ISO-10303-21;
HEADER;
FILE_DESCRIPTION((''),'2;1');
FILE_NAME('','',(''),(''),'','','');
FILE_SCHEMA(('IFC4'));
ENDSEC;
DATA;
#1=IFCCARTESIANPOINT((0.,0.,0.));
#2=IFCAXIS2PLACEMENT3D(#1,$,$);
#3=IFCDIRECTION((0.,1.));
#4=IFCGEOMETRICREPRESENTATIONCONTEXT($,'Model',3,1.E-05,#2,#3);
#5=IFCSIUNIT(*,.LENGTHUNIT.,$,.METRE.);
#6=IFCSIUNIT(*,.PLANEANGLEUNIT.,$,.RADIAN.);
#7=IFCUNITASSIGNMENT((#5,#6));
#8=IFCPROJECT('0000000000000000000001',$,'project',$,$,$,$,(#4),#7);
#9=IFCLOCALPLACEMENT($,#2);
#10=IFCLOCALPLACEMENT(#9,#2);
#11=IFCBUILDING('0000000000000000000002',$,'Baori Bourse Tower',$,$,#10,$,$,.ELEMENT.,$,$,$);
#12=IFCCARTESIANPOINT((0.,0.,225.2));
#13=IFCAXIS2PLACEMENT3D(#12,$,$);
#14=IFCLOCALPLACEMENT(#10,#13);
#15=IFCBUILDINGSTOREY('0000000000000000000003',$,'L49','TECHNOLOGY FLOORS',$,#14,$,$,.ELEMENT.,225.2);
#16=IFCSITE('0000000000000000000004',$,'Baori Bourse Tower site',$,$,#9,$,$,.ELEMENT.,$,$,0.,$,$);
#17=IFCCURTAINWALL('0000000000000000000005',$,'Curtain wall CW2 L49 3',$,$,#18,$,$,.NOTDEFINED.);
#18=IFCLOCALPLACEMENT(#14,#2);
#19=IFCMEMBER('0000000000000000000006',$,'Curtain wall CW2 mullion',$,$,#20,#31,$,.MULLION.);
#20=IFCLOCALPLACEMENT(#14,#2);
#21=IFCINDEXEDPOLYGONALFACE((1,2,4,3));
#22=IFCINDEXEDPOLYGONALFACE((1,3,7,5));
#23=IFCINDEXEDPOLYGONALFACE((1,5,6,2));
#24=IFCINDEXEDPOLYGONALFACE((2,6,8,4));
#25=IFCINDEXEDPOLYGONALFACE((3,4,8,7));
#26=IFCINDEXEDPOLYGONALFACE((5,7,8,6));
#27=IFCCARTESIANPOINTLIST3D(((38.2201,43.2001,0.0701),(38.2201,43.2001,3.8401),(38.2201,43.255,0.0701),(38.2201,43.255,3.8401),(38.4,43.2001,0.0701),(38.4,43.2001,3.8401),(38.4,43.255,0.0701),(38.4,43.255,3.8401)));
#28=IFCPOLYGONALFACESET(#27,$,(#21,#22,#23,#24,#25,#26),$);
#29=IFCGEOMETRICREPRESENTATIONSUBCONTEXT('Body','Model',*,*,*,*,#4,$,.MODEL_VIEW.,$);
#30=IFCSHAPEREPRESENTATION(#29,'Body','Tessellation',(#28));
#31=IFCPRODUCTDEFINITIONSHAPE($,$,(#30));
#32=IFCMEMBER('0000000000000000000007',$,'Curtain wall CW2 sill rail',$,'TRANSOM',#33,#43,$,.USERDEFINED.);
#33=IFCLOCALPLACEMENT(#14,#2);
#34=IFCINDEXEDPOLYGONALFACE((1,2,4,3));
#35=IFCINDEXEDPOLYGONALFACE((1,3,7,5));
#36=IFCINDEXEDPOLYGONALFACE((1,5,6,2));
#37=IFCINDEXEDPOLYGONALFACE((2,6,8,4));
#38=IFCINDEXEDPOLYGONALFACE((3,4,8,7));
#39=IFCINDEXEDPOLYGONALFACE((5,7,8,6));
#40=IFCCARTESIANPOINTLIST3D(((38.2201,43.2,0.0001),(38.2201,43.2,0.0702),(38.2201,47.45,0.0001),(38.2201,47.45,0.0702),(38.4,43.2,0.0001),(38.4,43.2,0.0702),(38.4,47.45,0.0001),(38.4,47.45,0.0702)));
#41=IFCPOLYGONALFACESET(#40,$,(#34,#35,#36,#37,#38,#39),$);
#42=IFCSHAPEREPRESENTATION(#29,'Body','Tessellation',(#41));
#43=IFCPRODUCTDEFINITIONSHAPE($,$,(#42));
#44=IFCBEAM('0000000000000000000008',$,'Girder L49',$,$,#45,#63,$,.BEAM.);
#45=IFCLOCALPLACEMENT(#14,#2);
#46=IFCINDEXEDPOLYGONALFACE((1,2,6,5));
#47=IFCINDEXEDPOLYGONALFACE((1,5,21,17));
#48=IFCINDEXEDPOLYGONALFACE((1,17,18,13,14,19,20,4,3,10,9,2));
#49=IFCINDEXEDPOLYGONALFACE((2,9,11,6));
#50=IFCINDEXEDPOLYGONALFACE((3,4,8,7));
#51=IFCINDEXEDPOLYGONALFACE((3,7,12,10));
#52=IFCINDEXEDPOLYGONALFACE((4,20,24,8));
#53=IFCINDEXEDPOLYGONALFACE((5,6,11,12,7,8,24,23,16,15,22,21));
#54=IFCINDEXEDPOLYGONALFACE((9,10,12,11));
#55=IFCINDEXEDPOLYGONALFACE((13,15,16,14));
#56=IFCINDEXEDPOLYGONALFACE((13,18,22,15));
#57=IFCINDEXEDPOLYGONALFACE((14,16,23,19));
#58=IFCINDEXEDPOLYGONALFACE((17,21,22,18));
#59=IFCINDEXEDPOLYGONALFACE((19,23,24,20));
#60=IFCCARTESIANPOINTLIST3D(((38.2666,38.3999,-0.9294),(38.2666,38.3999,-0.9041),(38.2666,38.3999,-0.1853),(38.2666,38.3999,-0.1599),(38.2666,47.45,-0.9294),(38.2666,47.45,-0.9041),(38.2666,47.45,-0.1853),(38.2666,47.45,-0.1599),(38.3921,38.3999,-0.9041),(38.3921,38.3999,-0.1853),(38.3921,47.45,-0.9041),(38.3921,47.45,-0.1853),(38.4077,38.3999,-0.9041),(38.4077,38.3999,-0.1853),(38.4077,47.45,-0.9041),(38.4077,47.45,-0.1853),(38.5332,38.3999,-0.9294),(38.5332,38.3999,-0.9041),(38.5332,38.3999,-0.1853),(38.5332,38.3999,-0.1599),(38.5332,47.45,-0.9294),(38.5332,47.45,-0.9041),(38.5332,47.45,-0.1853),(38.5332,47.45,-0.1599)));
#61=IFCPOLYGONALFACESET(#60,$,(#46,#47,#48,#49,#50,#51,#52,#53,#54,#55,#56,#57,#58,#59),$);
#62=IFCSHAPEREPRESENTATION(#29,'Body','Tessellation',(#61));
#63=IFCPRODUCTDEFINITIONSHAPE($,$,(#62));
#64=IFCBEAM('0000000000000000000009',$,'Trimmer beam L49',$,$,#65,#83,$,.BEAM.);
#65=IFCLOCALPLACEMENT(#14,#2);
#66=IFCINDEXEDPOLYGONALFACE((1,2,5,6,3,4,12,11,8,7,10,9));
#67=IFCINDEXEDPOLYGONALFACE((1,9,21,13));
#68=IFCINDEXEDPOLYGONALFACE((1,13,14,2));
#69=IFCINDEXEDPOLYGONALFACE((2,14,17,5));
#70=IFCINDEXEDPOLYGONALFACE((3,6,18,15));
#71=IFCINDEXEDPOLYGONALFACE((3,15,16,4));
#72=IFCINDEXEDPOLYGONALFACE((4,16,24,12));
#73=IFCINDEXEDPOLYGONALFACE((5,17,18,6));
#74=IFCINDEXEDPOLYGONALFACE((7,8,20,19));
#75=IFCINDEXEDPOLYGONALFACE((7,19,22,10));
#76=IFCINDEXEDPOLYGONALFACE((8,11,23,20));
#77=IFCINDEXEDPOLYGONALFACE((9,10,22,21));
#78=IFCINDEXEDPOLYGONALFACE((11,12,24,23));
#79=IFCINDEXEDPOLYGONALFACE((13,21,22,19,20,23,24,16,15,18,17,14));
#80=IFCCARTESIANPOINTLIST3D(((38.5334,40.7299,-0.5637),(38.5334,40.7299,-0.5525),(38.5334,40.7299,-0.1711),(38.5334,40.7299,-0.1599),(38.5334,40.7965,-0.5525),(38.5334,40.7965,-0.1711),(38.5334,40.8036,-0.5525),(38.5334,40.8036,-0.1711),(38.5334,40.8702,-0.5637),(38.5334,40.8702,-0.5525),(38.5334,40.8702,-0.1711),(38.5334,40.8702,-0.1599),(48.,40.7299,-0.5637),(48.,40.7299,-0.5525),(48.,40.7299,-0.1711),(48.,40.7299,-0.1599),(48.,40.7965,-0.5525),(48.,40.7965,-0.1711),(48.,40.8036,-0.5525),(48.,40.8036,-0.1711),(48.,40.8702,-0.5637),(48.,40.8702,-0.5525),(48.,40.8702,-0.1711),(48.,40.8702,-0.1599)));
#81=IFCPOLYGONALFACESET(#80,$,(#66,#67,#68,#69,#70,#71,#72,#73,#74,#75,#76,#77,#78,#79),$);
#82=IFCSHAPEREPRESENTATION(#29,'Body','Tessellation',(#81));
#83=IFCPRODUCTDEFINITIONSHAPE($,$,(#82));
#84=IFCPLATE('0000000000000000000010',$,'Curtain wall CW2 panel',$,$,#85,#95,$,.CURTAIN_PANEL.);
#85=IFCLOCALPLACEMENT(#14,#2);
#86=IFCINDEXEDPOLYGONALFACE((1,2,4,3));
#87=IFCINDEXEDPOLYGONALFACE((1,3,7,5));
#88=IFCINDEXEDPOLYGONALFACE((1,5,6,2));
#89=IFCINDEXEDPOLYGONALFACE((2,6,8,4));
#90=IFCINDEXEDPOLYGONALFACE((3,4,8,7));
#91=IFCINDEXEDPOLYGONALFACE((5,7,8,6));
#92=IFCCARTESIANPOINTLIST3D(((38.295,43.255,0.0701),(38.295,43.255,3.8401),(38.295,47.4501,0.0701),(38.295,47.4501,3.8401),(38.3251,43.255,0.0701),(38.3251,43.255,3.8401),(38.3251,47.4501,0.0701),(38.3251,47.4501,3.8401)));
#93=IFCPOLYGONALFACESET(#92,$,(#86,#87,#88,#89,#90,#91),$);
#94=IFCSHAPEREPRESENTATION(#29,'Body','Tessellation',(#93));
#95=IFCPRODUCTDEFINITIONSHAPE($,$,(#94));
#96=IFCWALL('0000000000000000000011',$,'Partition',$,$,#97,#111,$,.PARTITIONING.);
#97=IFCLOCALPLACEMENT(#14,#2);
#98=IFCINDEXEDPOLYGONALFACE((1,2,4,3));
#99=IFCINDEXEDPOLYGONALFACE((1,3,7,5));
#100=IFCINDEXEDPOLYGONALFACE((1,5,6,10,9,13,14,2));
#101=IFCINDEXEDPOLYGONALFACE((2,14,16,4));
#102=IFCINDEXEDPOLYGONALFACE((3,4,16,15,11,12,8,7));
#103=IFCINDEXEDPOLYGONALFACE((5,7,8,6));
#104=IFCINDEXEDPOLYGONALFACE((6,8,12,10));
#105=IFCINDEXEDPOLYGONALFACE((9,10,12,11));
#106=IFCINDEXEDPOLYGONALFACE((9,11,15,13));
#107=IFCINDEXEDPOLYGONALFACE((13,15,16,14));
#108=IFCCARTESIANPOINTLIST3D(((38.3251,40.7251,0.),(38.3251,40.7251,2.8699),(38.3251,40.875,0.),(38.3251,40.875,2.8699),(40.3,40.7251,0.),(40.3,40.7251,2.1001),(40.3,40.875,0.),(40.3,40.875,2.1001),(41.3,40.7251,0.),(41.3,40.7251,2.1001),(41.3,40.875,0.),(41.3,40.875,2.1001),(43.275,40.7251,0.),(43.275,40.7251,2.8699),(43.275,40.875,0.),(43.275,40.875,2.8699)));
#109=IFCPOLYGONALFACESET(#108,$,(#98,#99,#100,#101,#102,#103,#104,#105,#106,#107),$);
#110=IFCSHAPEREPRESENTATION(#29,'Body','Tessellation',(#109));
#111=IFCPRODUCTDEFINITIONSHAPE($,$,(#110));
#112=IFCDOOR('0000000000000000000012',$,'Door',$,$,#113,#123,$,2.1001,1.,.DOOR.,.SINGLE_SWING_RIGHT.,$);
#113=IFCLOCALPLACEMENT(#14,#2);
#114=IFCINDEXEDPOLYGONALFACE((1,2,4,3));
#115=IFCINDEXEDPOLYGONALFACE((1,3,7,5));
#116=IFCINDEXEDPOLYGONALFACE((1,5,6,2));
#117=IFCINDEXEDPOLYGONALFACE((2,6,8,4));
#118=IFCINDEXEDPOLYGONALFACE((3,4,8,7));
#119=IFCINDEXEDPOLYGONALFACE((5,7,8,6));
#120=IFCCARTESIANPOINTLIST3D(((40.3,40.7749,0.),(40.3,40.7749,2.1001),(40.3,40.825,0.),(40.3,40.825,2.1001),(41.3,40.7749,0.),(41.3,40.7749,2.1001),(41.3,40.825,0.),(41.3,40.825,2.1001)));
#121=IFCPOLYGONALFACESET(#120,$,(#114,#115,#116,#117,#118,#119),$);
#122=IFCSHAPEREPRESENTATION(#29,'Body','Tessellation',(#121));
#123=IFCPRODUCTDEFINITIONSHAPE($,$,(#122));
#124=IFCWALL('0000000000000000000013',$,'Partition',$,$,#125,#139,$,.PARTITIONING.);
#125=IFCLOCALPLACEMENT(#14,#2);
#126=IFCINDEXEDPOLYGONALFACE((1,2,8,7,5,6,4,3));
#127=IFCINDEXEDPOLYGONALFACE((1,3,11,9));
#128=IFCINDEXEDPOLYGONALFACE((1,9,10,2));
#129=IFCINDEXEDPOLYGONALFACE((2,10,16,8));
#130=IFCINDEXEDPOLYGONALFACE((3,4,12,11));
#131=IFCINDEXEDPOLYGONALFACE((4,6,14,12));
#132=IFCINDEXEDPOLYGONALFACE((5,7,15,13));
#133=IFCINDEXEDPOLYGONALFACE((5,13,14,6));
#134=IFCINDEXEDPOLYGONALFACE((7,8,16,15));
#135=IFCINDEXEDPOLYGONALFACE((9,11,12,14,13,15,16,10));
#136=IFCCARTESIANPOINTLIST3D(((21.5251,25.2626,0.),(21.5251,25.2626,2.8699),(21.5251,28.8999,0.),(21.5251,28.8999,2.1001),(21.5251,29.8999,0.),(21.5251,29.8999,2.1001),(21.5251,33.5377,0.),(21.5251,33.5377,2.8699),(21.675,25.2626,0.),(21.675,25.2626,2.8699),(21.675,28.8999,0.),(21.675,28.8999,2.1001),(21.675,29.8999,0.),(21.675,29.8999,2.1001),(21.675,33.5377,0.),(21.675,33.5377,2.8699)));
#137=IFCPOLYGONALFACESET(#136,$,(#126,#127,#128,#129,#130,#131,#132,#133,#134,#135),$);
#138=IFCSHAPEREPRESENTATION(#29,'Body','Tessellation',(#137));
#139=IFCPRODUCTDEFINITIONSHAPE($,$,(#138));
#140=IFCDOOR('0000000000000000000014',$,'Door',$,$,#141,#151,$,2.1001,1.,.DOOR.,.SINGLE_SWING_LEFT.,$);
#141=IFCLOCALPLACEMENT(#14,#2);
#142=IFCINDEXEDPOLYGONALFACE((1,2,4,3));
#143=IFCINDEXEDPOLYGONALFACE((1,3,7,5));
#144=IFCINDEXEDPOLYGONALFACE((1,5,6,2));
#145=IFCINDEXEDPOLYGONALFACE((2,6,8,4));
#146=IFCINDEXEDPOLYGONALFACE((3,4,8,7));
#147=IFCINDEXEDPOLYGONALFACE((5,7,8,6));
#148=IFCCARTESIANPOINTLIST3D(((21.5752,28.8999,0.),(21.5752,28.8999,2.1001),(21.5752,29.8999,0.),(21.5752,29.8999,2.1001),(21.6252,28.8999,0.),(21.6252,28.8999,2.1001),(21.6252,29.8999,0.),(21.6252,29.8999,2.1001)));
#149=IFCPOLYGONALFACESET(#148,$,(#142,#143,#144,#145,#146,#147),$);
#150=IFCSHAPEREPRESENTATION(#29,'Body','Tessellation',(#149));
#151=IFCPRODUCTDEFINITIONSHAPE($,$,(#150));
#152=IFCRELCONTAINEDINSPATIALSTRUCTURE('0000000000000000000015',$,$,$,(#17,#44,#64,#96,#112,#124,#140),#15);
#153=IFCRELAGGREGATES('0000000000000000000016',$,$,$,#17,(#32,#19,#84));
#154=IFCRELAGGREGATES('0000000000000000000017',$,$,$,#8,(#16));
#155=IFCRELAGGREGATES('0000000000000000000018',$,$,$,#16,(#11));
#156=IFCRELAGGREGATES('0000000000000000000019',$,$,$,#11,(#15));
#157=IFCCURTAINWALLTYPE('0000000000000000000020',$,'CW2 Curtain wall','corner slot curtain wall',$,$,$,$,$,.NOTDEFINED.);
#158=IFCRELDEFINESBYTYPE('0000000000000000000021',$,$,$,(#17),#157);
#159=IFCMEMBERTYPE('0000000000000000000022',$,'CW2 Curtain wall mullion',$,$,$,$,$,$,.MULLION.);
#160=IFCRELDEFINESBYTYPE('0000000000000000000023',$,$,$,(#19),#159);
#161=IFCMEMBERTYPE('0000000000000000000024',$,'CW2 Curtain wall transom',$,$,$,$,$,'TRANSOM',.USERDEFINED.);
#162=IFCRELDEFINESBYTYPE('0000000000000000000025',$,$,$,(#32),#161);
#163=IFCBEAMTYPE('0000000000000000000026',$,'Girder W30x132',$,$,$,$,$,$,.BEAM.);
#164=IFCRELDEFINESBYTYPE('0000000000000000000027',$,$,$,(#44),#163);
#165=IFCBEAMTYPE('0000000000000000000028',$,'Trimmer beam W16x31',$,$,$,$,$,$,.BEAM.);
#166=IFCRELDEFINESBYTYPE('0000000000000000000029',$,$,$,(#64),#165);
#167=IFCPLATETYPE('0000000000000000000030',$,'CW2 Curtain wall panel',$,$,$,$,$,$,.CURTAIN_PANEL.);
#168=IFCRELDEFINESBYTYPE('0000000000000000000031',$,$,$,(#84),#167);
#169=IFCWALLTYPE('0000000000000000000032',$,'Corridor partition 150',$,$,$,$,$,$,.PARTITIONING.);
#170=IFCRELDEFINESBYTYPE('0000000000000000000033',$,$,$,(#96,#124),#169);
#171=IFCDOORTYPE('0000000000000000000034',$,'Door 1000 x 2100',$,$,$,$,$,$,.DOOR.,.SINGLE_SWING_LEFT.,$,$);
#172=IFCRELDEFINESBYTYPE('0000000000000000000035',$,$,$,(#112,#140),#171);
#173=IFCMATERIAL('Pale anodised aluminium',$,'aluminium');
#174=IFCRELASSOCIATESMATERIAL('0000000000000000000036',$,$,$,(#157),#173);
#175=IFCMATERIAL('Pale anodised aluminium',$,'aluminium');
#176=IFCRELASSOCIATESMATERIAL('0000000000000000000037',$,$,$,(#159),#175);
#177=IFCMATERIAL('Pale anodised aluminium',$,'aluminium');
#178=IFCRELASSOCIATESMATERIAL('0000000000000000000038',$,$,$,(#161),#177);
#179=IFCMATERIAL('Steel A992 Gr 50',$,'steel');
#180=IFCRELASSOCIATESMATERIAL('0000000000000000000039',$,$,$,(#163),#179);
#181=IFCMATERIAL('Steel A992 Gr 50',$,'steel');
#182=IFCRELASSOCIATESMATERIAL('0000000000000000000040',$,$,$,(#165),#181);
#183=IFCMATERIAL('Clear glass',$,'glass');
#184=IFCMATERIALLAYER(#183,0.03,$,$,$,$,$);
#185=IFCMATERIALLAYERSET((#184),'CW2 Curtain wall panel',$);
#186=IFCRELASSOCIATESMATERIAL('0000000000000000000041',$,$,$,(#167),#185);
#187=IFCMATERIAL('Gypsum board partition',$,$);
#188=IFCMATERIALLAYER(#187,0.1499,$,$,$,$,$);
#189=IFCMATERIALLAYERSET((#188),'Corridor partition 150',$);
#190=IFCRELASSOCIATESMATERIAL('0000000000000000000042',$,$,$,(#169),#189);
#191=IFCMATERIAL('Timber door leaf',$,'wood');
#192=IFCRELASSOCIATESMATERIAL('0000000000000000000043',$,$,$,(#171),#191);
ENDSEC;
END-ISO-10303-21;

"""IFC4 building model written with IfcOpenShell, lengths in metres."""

from ifc_helpers import new_model, si_unit, direction, frame, frame_2d, origin, origin_2d, place, context, subcontext, project, spatial, rectangle, i_section, extrude, material, layer, layer_set, material_profile, profile_set, type_object, element, fill, aggregate, save


model = new_model("IFC4")

# Units and contexts
model_context = context("Model", 3, precision=1e-05, world=origin(), true_north=direction((0.0, 1.0)))
body_context = subcontext(model_context, "Body", "Model", "MODEL_VIEW")
ifc_project = project(units=[si_unit("LENGTHUNIT", "METRE"), si_unit("PLANEANGLEUNIT", "RADIAN")], contexts=[model_context])

# Site, building, storey
site_placement = place(None, origin())
site = spatial("IfcSite", under=ifc_project, at=site_placement, Name="Baori Bourse Tower site", CompositionType="ELEMENT", RefElevation=0.0)
building_placement = place(site_placement, origin())
building = spatial("IfcBuilding", under=site, at=building_placement, Name="Baori Bourse Tower", CompositionType="ELEMENT")
storey_placement = place(building_placement, frame((0.0, 0.0, 225.2)))
storey = spatial("IfcBuildingStorey", under=building, at=storey_placement, Name="L49", Description="TECHNOLOGY FLOORS", CompositionType="ELEMENT", Elevation=225.2)

# Curtain wall, members
ifc_material_1 = material(Name="Pale anodised aluminium", Category="aluminium")
curtain_wall_type = type_object("IfcCurtainWallType", Name="CW2 Curtain wall", Description="corner slot curtain wall", PredefinedType="NOTDEFINED", material=ifc_material_1)
curtain_wall_placement = place(storey_placement, origin())
curtain_wall = element("IfcCurtainWall", 1, at=curtain_wall_placement, inside=storey, type_object=curtain_wall_type, Name="Curtain wall CW2 L49 3", PredefinedType="NOTDEFINED")
ifc_material_2 = material(Name="Pale anodised aluminium", Category="aluminium")
ifc_material_profile_1 = material_profile(ifc_material_2, rectangle(XDim=0.1799, YDim=0.0549, at=origin_2d()), Name="Mullion 55x180")
ifc_profile_set_1 = profile_set([ifc_material_profile_1], Name="Pale anodised aluminium")
member_type_1 = type_object("IfcMemberType", Name="CW2 Curtain wall mullion", PredefinedType="MULLION", material=ifc_profile_set_1)
member_1_placement = place(storey_placement, frame((38.3101, 43.2275, 0.0701), z_axis=(0.0, 0.0, 1.0), x_axis=(-1.0, 0.0, 0.0)))
member_1 = element("IfcMember", 2, at=member_1_placement, type_object=member_type_1, Name="Curtain wall CW2 mullion", PredefinedType="MULLION", context=body_context, shape_type="SweptSolid", body=[
    extrude(rectangle(XDim=0.1799, YDim=0.0549, at=origin_2d()), origin(), (0.0, 0.0, 1.0), 3.77),
])
ifc_material_3 = material(Name="Pale anodised aluminium", Category="aluminium")
ifc_material_profile_2 = material_profile(ifc_material_3, rectangle(XDim=0.1799, YDim=0.0701, at=origin_2d()), Name="Transom 70x180")
ifc_profile_set_2 = profile_set([ifc_material_profile_2], Name="Pale anodised aluminium")
member_type_2 = type_object("IfcMemberType", Name="CW2 Curtain wall transom", ElementType="TRANSOM", PredefinedType="USERDEFINED", material=ifc_profile_set_2)
member_2_placement = place(storey_placement, frame((38.3101, 43.2, 0.0352), z_axis=(0.0, 1.0, 0.0), x_axis=(-1.0, 0.0, 0.0)))
member_2 = element("IfcMember", 3, at=member_2_placement, type_object=member_type_2, Name="Curtain wall CW2 sill rail", ObjectType="TRANSOM", PredefinedType="USERDEFINED", context=body_context, shape_type="SweptSolid", body=[
    extrude(rectangle(XDim=0.1799, YDim=0.0701, at=origin_2d()), origin(), (0.0, 0.0, 1.0), 4.25),
])

# Beams
ifc_material_4 = material(Name="Steel A992 Gr 50", Category="steel")
ifc_material_profile_3 = material_profile(ifc_material_4, i_section(OverallWidth=0.2666, OverallDepth=0.7695, WebThickness=0.0156, FlangeThickness=0.0254, at=origin_2d()), Name="W30x132")
ifc_profile_set_3 = profile_set([ifc_material_profile_3], Name="Steel A992 Gr 50")
beam_type_1 = type_object("IfcBeamType", Name="Girder W30x132", PredefinedType="BEAM", material=ifc_profile_set_3)
beam_1_placement = place(storey_placement, frame((38.3999, 38.3999, -0.5447), z_axis=(0.0, 1.0, 0.0), x_axis=(-1.0, 0.0, 0.0)))
element("IfcBeam", 4, at=beam_1_placement, inside=storey, type_object=beam_type_1, Name="Girder L49", PredefinedType="BEAM", context=body_context, shape_type="SweptSolid", body=[
    extrude(i_section(OverallWidth=0.2666, OverallDepth=0.7695, WebThickness=0.0156, FlangeThickness=0.0254, at=origin_2d()), origin(), (0.0, 0.0, 1.0), 9.05),
])
ifc_material_5 = material(Name="Steel A992 Gr 50", Category="steel")
ifc_material_profile_4 = material_profile(ifc_material_5, i_section(OverallWidth=0.1404, OverallDepth=0.4038, WebThickness=0.0071, FlangeThickness=0.0112, at=origin_2d()), Name="W16x31")
ifc_profile_set_4 = profile_set([ifc_material_profile_4], Name="Steel A992 Gr 50")
beam_type_2 = type_object("IfcBeamType", Name="Trimmer beam W16x31", PredefinedType="BEAM", material=ifc_profile_set_4)
beam_2_placement = place(storey_placement, frame((38.5334, 40.8, -0.3618), z_axis=(1.0, 0.0, 0.0), x_axis=(0.0, 1.0, 0.0)))
element("IfcBeam", 5, at=beam_2_placement, inside=storey, type_object=beam_type_2, Name="Trimmer beam L49", PredefinedType="BEAM", context=body_context, shape_type="SweptSolid", body=[
    extrude(i_section(OverallWidth=0.1404, OverallDepth=0.4038, WebThickness=0.0071, FlangeThickness=0.0112, at=origin_2d()), origin(), (0.0, 0.0, 1.0), 9.4666),
])

# Plate
ifc_material_6 = material(Name="Clear glass", Category="glass")
ifc_layer_1 = layer(ifc_material_6, 0.03)
ifc_layer_set_1 = layer_set([ifc_layer_1], Name="CW2 Curtain wall panel")
plate_type = type_object("IfcPlateType", Name="CW2 Curtain wall panel", PredefinedType="CURTAIN_PANEL", material=ifc_layer_set_1)
plate_placement = place(storey_placement, frame((38.3101, 45.3525, 0.0701), z_axis=(0.0, 0.0, 1.0), x_axis=(0.0, 1.0, 0.0)))
plate = element("IfcPlate", 6, at=plate_placement, type_object=plate_type, Name="Curtain wall CW2 panel", PredefinedType="CURTAIN_PANEL", context=body_context, shape_type="SweptSolid", body=[
    extrude(rectangle(XDim=4.1951, YDim=0.03, at=origin_2d()), origin(), (0.0, 0.0, 1.0), 3.77),
])
aggregate(curtain_wall, [member_2, member_1, plate])

# Walls, openings, doors
ifc_material_7 = material(Name="Gypsum board partition")
ifc_layer_2 = layer(ifc_material_7, 0.1499)
ifc_layer_set_2 = layer_set([ifc_layer_2], Name="Corridor partition 150")
wall_type_1 = type_object("IfcWallType", Name="Corridor partition 150", PredefinedType="PARTITIONING", material=ifc_layer_set_2)
wall_1_placement = place(storey_placement, frame((38.325, 40.8, 0.0), z_axis=(0.0, 0.0, 1.0), x_axis=(1.0, 0.0, 0.0)))
wall_1 = element("IfcWall", 7, at=wall_1_placement, inside=storey, type_object=wall_type_1, Name="Partition", PredefinedType="PARTITIONING", context=body_context, shape_type="SweptSolid", body=[
    extrude(rectangle(XDim=4.95, YDim=0.1499, at=frame_2d((2.4751, 0.0))), origin(), (0.0, 0.0, 1.0), 2.8699),
])
opening_1_placement = place(wall_1_placement, frame((1.9751, 0.0, 0.0)))
opening_1 = element("IfcOpeningElement", 8, at=opening_1_placement, cuts=wall_1, PredefinedType="OPENING", context=body_context, shape_type="SweptSolid", body=[
    extrude(rectangle(XDim=1.0, YDim=2.1001, at=frame_2d((0.5, 1.05))), frame((0.0, 0.085, 0.0), z_axis=(0.0, -1.0, 0.0), x_axis=(1.0, 0.0, 0.0)), (0.0, 0.0, 1.0), 0.1699),
])
ifc_material_8 = material(Name="Timber door leaf", Category="wood")
door_type = type_object("IfcDoorType", Name="Door 1000 x 2100", OperationType="SINGLE_SWING_LEFT", PredefinedType="DOOR", material=ifc_material_8)
door_1_placement = place(opening_1_placement, origin())
door_1 = element("IfcDoor", 9, at=door_1_placement, inside=storey, type_object=door_type, Name="Door", OperationType="SINGLE_SWING_RIGHT", OverallHeight=2.1001, OverallWidth=1.0, PredefinedType="DOOR", context=body_context, shape_type="SweptSolid", body=[
    extrude(rectangle(XDim=1.0, YDim=2.1001, at=frame_2d((0.5, 1.05))), frame((0.0, 0.0249, 0.0), z_axis=(0.0, -1.0, 0.0), x_axis=(1.0, 0.0, 0.0)), (0.0, 0.0, 1.0), 0.05),
])
fill(opening_1, door_1)
wall_2_placement = place(storey_placement, frame((21.6001, 25.2625, 0.0), z_axis=(0.0, 0.0, 1.0), x_axis=(0.0, 1.0, 0.0)))
wall_2 = element("IfcWall", 10, at=wall_2_placement, inside=storey, type_object=wall_type_1, Name="Partition", PredefinedType="PARTITIONING", context=body_context, shape_type="SweptSolid", body=[
    extrude(rectangle(XDim=8.2751, YDim=0.1499, at=frame_2d((4.1377, 0.0))), origin(), (0.0, 0.0, 1.0), 2.8699),
])
opening_2_placement = place(wall_2_placement, frame((3.6375, 0.0, 0.0)))
opening_2 = element("IfcOpeningElement", 11, at=opening_2_placement, cuts=wall_2, PredefinedType="OPENING", context=body_context, shape_type="SweptSolid", body=[
    extrude(rectangle(XDim=1.0, YDim=2.1001, at=frame_2d((0.5, 1.05))), frame((0.0, 0.085, 0.0), z_axis=(0.0, -1.0, 0.0), x_axis=(1.0, 0.0, 0.0)), (0.0, 0.0, 1.0), 0.1699),
])
door_2_placement = place(opening_2_placement, origin())
door_2 = element("IfcDoor", 12, at=door_2_placement, inside=storey, type_object=door_type, Name="Door", OperationType="SINGLE_SWING_LEFT", OverallHeight=2.1001, OverallWidth=1.0, PredefinedType="DOOR", context=body_context, shape_type="SweptSolid", body=[
    extrude(rectangle(XDim=1.0, YDim=2.1001, at=frame_2d((0.5, 1.05))), frame((0.0, 0.0249, 0.0), z_axis=(0.0, -1.0, 0.0), x_axis=(1.0, 0.0, 0.0)), (0.0, 0.0, 1.0), 0.05),
])
fill(opening_2, door_2)

save(model, "model.ifc")
